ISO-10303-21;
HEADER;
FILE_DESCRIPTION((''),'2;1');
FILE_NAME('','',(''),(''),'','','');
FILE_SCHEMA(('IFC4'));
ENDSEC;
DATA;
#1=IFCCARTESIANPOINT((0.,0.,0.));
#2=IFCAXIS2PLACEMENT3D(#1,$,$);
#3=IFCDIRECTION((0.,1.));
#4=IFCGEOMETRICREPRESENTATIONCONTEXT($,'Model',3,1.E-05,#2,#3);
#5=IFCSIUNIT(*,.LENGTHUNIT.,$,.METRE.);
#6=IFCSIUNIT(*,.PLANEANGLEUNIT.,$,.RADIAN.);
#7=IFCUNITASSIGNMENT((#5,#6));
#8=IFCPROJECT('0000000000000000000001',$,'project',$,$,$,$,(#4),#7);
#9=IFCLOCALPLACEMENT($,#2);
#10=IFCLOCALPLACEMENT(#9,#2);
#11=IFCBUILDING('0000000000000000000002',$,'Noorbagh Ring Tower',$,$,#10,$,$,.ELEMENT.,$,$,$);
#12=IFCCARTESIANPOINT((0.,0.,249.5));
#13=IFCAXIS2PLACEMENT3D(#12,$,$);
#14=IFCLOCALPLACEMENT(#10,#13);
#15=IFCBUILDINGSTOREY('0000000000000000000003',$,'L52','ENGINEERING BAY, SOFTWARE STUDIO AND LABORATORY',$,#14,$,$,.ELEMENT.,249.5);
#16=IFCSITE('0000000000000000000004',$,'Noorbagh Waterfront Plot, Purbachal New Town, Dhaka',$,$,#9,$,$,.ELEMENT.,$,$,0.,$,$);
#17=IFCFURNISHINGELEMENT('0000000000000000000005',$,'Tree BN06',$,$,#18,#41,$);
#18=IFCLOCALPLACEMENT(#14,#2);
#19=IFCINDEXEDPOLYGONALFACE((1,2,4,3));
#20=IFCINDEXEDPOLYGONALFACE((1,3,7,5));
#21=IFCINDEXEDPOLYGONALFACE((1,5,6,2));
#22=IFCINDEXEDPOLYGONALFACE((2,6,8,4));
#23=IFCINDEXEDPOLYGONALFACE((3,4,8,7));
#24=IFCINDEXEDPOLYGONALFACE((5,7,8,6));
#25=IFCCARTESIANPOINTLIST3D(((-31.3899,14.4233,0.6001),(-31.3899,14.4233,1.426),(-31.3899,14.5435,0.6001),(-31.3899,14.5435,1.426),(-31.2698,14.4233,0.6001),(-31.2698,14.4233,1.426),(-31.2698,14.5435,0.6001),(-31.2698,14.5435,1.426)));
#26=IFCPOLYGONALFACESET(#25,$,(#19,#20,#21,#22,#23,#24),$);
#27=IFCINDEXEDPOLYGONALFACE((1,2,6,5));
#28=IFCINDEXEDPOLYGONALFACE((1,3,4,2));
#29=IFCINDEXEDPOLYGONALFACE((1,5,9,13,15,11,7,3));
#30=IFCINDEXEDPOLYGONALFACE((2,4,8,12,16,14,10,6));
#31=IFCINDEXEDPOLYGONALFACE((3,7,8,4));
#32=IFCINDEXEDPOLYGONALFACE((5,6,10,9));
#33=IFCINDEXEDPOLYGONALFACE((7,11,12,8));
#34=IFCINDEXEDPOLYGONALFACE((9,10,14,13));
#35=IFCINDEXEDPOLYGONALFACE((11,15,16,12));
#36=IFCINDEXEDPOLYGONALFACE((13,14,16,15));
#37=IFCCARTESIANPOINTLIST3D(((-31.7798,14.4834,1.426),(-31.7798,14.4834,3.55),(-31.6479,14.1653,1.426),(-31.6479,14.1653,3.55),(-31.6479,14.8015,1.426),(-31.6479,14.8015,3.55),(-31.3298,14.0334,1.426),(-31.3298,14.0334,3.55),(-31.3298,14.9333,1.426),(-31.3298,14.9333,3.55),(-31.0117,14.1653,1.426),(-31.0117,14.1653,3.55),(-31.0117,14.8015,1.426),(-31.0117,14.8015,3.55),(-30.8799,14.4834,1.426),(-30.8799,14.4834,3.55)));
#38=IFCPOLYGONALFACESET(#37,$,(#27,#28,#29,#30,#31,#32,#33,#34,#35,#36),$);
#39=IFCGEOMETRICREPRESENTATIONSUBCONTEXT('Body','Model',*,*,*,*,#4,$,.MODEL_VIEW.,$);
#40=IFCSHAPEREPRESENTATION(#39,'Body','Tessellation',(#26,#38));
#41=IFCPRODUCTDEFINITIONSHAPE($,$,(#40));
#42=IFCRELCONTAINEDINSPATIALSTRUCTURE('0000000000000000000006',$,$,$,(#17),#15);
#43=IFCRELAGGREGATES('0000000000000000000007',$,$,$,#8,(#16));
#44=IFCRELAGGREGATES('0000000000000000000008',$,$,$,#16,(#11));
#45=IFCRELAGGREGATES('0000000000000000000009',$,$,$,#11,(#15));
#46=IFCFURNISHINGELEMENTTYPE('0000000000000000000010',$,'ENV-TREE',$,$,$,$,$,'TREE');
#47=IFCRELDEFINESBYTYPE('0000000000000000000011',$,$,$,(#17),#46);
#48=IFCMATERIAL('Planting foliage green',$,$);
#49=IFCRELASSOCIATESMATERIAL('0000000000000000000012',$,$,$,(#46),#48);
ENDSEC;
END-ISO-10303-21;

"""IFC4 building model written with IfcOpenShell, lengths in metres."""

from ifc_helpers import new_model, si_unit, direction, frame, origin, origin_2d, place, context, subcontext, project, spatial, polyline, rectangle, outline, extrude, material, type_object, element, save


model = new_model("IFC4")

# Units and contexts
model_context = context("Model", 3, precision=1e-05, world=origin(), true_north=direction((0.0, 1.0)))
body_context = subcontext(model_context, "Body", "Model", "MODEL_VIEW")
ifc_project = project(units=[si_unit("LENGTHUNIT", "METRE"), si_unit("PLANEANGLEUNIT", "RADIAN")], contexts=[model_context])

# Site, building, storey
site_placement = place(None, origin())
site = spatial("IfcSite", under=ifc_project, at=site_placement, Name="Noorbagh Waterfront Plot, Purbachal New Town, Dhaka", CompositionType="ELEMENT", RefElevation=0.0)
building_placement = place(site_placement, origin())
building = spatial("IfcBuilding", under=site, at=building_placement, Name="Noorbagh Ring Tower", CompositionType="ELEMENT")
storey_placement = place(building_placement, frame((0.0, 0.0, 249.5)))
storey = spatial("IfcBuildingStorey", under=building, at=storey_placement, Name="L52", Description="ENGINEERING BAY, SOFTWARE STUDIO AND LABORATORY", CompositionType="ELEMENT", Elevation=249.5)

# Furnishing element
ifc_material_1 = material(Name="Planting foliage green")
furnishing_element_type = type_object("IfcFurnishingElementType", Name="ENV-TREE", ElementType="TREE", material=ifc_material_1)
furnishing_placement = place(storey_placement, frame((-31.3298, 14.4834, 0.6001), z_axis=(0.0, 0.0, 1.0), x_axis=(1.0, 0.0, 0.0)))
element("IfcFurnishingElement", 1, at=furnishing_placement, inside=storey, type_object=furnishing_element_type, Name="Tree BN06", context=body_context, shape_type="SweptSolid", body=[
    extrude(rectangle(XDim=0.1201, YDim=0.1201, at=origin_2d()), origin(), (0.0, 0.0, 1.0), 0.8259),
    extrude(outline(polyline([(0.45, 0.0), (0.3181, 0.3181), (0.0, 0.45), (-0.3181, 0.3181), (-0.45, 0.0), (-0.3181, -0.3181), (0.0, -0.45), (0.3181, -0.3181), (0.45, 0.0)])), frame((0.0, 0.0, 0.8259)), (0.0, 0.0, 1.0), 2.124),
])

save(model, "model.ifc")
